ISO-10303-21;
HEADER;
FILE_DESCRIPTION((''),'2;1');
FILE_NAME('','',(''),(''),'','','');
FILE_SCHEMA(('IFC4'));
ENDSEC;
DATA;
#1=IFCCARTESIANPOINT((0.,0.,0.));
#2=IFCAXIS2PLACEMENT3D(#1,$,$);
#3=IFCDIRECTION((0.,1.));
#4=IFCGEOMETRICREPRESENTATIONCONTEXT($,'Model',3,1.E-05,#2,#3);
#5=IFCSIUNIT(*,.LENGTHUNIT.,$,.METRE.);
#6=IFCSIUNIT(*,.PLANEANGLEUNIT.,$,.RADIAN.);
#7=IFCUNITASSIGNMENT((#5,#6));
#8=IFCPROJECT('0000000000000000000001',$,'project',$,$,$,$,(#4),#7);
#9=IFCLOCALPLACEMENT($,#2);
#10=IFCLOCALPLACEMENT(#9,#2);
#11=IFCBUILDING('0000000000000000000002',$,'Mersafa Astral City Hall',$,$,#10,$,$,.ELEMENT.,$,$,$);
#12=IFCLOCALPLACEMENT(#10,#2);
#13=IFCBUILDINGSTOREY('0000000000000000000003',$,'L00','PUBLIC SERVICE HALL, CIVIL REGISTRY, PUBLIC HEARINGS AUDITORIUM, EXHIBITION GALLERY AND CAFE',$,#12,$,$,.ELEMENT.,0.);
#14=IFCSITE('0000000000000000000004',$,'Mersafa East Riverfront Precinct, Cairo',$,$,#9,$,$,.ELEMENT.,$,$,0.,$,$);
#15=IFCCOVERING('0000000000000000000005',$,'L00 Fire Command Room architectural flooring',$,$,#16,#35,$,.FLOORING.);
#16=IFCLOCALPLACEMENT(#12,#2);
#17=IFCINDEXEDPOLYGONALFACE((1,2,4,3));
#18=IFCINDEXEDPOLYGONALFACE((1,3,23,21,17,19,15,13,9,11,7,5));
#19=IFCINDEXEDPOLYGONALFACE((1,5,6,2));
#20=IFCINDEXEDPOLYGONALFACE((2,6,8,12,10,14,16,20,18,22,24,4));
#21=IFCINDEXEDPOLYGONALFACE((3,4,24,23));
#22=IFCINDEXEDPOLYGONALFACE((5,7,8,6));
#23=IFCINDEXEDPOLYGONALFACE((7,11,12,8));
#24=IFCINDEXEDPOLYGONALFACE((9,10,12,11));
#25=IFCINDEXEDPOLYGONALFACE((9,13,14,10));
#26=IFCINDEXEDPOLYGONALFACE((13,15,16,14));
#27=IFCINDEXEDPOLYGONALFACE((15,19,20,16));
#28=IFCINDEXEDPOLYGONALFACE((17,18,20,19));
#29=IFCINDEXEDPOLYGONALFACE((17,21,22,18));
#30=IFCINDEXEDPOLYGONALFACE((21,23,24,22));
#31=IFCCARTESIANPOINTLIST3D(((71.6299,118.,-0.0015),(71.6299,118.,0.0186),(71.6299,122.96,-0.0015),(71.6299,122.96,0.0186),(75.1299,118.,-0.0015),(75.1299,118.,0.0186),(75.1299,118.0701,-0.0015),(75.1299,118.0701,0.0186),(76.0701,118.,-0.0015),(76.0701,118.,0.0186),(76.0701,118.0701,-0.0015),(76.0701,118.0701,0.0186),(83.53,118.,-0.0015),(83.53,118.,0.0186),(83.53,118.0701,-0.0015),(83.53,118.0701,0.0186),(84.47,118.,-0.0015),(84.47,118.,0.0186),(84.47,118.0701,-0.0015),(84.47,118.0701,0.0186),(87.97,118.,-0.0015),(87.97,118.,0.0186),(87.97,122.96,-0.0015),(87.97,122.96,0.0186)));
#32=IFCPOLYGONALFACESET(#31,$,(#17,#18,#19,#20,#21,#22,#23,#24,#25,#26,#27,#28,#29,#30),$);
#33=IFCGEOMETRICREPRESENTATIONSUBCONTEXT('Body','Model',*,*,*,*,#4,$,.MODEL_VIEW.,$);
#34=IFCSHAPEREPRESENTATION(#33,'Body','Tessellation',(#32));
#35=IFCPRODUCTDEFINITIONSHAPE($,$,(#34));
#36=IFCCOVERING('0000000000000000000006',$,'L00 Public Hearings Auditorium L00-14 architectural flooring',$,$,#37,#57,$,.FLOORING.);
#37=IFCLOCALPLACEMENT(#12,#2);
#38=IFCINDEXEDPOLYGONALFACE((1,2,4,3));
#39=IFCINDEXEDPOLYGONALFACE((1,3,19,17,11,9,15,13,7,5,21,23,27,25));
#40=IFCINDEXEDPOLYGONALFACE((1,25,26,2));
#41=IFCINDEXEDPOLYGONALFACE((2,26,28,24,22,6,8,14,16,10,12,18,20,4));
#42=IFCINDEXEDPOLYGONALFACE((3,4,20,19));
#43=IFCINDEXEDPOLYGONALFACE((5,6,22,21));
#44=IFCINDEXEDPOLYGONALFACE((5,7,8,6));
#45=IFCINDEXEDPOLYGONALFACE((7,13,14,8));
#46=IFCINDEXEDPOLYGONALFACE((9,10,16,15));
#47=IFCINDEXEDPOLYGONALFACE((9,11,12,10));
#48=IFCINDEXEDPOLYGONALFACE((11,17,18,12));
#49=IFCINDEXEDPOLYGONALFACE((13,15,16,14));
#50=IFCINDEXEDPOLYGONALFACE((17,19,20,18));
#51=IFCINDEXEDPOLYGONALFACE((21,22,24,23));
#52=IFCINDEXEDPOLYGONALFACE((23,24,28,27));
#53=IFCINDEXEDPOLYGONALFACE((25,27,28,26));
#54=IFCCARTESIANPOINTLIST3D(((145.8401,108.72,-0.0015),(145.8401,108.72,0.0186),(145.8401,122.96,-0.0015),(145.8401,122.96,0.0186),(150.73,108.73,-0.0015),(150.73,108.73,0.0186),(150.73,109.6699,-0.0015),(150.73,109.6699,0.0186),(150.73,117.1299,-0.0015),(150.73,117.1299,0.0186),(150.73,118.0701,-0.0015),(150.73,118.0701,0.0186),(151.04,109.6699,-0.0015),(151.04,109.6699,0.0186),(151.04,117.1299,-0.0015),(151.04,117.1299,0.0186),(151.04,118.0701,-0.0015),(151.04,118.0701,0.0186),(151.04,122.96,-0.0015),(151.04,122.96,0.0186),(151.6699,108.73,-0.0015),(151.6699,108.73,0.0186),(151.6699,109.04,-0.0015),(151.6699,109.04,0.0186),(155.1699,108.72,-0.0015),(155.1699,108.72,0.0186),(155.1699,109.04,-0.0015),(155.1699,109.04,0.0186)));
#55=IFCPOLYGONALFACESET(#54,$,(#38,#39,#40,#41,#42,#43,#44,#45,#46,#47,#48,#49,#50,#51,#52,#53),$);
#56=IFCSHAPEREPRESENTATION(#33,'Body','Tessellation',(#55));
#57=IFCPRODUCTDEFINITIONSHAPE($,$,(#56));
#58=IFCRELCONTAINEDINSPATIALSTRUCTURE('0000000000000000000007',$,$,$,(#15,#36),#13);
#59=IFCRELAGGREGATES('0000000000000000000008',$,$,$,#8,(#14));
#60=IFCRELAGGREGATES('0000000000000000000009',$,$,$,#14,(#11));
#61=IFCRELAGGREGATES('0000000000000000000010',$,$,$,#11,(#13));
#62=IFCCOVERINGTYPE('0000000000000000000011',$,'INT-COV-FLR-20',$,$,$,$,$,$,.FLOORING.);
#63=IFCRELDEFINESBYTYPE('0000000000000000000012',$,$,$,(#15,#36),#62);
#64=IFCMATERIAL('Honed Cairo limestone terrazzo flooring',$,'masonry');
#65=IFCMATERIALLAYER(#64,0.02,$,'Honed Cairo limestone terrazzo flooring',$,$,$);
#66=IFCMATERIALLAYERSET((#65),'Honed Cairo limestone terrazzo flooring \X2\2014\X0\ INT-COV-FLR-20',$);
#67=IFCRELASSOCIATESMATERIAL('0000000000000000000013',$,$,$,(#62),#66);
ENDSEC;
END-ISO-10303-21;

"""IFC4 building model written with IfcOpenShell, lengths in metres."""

from ifc_helpers import new_model, si_unit, direction, frame, origin, place, context, subcontext, project, spatial, polyline, outline, extrude, material, layer, layer_set, type_object, element, save


model = new_model("IFC4")

# Units and contexts
model_context = context("Model", 3, precision=1e-05, world=origin(), true_north=direction((0.0, 1.0)))
body_context = subcontext(model_context, "Body", "Model", "MODEL_VIEW")
ifc_project = project(units=[si_unit("LENGTHUNIT", "METRE"), si_unit("PLANEANGLEUNIT", "RADIAN")], contexts=[model_context])

# Site, building, storey
site_placement = place(None, origin())
site = spatial("IfcSite", under=ifc_project, at=site_placement, Name="Mersafa East Riverfront Precinct, Cairo", CompositionType="ELEMENT", RefElevation=0.0)
building_placement = place(site_placement, origin())
building = spatial("IfcBuilding", under=site, at=building_placement, Name="Mersafa Astral City Hall", CompositionType="ELEMENT")
storey_placement = place(building_placement, origin())
storey = spatial("IfcBuildingStorey", under=building, at=storey_placement, Name="L00", Description="PUBLIC SERVICE HALL, CIVIL REGISTRY, PUBLIC HEARINGS AUDITORIUM, EXHIBITION GALLERY AND CAFE", CompositionType="ELEMENT", Elevation=0.0)

# Coverings
ifc_material_1 = material(Name="Honed Cairo limestone terrazzo flooring", Category="masonry")
ifc_layer_1 = layer(ifc_material_1, 0.02, Name="Honed Cairo limestone terrazzo flooring")
ifc_layer_set_1 = layer_set([ifc_layer_1], Name="Honed Cairo limestone terrazzo flooring — INT-COV-FLR-20")
covering_type_1 = type_object("IfcCoveringType", Name="INT-COV-FLR-20", PredefinedType="FLOORING", material=ifc_layer_set_1)
covering_1_placement = place(storey_placement, frame((0.0, 0.0, -0.0015)))
element("IfcCovering", 1, at=covering_1_placement, inside=storey, type_object=covering_type_1, Name="L00 Fire Command Room architectural flooring", PredefinedType="FLOORING", context=body_context, shape_type="SweptSolid", body=[
    extrude(outline(polyline([(87.97, 122.96), (87.97, 118.0), (84.47, 118.0), (84.47, 118.0701), (83.53, 118.0701), (83.53, 118.0), (76.0701, 118.0), (76.0701, 118.0701), (75.1299, 118.0701), (75.1299, 118.0), (71.6299, 118.0), (71.6299, 122.96), (87.97, 122.96)])), origin(), (0.0, 0.0, 1.0), 0.02),
])
covering_2_placement = place(storey_placement, frame((0.0, 0.0, -0.0015)))
element("IfcCovering", 2, at=covering_2_placement, inside=storey, type_object=covering_type_1, Name="L00 Public Hearings Auditorium L00-14 architectural flooring", PredefinedType="FLOORING", context=body_context, shape_type="SweptSolid", body=[
    extrude(outline(polyline([(151.04, 122.96), (151.04, 118.0701), (150.73, 118.0701), (150.73, 117.1299), (151.04, 117.1299), (151.04, 109.6699), (150.73, 109.6699), (150.73, 108.73), (151.6699, 108.73), (151.6699, 109.04), (155.1699, 109.04), (155.1699, 108.72), (145.8401, 108.72), (145.8401, 122.96), (151.04, 122.96)])), origin(), (0.0, 0.0, 1.0), 0.02),
])

save(model, "model.ifc")
